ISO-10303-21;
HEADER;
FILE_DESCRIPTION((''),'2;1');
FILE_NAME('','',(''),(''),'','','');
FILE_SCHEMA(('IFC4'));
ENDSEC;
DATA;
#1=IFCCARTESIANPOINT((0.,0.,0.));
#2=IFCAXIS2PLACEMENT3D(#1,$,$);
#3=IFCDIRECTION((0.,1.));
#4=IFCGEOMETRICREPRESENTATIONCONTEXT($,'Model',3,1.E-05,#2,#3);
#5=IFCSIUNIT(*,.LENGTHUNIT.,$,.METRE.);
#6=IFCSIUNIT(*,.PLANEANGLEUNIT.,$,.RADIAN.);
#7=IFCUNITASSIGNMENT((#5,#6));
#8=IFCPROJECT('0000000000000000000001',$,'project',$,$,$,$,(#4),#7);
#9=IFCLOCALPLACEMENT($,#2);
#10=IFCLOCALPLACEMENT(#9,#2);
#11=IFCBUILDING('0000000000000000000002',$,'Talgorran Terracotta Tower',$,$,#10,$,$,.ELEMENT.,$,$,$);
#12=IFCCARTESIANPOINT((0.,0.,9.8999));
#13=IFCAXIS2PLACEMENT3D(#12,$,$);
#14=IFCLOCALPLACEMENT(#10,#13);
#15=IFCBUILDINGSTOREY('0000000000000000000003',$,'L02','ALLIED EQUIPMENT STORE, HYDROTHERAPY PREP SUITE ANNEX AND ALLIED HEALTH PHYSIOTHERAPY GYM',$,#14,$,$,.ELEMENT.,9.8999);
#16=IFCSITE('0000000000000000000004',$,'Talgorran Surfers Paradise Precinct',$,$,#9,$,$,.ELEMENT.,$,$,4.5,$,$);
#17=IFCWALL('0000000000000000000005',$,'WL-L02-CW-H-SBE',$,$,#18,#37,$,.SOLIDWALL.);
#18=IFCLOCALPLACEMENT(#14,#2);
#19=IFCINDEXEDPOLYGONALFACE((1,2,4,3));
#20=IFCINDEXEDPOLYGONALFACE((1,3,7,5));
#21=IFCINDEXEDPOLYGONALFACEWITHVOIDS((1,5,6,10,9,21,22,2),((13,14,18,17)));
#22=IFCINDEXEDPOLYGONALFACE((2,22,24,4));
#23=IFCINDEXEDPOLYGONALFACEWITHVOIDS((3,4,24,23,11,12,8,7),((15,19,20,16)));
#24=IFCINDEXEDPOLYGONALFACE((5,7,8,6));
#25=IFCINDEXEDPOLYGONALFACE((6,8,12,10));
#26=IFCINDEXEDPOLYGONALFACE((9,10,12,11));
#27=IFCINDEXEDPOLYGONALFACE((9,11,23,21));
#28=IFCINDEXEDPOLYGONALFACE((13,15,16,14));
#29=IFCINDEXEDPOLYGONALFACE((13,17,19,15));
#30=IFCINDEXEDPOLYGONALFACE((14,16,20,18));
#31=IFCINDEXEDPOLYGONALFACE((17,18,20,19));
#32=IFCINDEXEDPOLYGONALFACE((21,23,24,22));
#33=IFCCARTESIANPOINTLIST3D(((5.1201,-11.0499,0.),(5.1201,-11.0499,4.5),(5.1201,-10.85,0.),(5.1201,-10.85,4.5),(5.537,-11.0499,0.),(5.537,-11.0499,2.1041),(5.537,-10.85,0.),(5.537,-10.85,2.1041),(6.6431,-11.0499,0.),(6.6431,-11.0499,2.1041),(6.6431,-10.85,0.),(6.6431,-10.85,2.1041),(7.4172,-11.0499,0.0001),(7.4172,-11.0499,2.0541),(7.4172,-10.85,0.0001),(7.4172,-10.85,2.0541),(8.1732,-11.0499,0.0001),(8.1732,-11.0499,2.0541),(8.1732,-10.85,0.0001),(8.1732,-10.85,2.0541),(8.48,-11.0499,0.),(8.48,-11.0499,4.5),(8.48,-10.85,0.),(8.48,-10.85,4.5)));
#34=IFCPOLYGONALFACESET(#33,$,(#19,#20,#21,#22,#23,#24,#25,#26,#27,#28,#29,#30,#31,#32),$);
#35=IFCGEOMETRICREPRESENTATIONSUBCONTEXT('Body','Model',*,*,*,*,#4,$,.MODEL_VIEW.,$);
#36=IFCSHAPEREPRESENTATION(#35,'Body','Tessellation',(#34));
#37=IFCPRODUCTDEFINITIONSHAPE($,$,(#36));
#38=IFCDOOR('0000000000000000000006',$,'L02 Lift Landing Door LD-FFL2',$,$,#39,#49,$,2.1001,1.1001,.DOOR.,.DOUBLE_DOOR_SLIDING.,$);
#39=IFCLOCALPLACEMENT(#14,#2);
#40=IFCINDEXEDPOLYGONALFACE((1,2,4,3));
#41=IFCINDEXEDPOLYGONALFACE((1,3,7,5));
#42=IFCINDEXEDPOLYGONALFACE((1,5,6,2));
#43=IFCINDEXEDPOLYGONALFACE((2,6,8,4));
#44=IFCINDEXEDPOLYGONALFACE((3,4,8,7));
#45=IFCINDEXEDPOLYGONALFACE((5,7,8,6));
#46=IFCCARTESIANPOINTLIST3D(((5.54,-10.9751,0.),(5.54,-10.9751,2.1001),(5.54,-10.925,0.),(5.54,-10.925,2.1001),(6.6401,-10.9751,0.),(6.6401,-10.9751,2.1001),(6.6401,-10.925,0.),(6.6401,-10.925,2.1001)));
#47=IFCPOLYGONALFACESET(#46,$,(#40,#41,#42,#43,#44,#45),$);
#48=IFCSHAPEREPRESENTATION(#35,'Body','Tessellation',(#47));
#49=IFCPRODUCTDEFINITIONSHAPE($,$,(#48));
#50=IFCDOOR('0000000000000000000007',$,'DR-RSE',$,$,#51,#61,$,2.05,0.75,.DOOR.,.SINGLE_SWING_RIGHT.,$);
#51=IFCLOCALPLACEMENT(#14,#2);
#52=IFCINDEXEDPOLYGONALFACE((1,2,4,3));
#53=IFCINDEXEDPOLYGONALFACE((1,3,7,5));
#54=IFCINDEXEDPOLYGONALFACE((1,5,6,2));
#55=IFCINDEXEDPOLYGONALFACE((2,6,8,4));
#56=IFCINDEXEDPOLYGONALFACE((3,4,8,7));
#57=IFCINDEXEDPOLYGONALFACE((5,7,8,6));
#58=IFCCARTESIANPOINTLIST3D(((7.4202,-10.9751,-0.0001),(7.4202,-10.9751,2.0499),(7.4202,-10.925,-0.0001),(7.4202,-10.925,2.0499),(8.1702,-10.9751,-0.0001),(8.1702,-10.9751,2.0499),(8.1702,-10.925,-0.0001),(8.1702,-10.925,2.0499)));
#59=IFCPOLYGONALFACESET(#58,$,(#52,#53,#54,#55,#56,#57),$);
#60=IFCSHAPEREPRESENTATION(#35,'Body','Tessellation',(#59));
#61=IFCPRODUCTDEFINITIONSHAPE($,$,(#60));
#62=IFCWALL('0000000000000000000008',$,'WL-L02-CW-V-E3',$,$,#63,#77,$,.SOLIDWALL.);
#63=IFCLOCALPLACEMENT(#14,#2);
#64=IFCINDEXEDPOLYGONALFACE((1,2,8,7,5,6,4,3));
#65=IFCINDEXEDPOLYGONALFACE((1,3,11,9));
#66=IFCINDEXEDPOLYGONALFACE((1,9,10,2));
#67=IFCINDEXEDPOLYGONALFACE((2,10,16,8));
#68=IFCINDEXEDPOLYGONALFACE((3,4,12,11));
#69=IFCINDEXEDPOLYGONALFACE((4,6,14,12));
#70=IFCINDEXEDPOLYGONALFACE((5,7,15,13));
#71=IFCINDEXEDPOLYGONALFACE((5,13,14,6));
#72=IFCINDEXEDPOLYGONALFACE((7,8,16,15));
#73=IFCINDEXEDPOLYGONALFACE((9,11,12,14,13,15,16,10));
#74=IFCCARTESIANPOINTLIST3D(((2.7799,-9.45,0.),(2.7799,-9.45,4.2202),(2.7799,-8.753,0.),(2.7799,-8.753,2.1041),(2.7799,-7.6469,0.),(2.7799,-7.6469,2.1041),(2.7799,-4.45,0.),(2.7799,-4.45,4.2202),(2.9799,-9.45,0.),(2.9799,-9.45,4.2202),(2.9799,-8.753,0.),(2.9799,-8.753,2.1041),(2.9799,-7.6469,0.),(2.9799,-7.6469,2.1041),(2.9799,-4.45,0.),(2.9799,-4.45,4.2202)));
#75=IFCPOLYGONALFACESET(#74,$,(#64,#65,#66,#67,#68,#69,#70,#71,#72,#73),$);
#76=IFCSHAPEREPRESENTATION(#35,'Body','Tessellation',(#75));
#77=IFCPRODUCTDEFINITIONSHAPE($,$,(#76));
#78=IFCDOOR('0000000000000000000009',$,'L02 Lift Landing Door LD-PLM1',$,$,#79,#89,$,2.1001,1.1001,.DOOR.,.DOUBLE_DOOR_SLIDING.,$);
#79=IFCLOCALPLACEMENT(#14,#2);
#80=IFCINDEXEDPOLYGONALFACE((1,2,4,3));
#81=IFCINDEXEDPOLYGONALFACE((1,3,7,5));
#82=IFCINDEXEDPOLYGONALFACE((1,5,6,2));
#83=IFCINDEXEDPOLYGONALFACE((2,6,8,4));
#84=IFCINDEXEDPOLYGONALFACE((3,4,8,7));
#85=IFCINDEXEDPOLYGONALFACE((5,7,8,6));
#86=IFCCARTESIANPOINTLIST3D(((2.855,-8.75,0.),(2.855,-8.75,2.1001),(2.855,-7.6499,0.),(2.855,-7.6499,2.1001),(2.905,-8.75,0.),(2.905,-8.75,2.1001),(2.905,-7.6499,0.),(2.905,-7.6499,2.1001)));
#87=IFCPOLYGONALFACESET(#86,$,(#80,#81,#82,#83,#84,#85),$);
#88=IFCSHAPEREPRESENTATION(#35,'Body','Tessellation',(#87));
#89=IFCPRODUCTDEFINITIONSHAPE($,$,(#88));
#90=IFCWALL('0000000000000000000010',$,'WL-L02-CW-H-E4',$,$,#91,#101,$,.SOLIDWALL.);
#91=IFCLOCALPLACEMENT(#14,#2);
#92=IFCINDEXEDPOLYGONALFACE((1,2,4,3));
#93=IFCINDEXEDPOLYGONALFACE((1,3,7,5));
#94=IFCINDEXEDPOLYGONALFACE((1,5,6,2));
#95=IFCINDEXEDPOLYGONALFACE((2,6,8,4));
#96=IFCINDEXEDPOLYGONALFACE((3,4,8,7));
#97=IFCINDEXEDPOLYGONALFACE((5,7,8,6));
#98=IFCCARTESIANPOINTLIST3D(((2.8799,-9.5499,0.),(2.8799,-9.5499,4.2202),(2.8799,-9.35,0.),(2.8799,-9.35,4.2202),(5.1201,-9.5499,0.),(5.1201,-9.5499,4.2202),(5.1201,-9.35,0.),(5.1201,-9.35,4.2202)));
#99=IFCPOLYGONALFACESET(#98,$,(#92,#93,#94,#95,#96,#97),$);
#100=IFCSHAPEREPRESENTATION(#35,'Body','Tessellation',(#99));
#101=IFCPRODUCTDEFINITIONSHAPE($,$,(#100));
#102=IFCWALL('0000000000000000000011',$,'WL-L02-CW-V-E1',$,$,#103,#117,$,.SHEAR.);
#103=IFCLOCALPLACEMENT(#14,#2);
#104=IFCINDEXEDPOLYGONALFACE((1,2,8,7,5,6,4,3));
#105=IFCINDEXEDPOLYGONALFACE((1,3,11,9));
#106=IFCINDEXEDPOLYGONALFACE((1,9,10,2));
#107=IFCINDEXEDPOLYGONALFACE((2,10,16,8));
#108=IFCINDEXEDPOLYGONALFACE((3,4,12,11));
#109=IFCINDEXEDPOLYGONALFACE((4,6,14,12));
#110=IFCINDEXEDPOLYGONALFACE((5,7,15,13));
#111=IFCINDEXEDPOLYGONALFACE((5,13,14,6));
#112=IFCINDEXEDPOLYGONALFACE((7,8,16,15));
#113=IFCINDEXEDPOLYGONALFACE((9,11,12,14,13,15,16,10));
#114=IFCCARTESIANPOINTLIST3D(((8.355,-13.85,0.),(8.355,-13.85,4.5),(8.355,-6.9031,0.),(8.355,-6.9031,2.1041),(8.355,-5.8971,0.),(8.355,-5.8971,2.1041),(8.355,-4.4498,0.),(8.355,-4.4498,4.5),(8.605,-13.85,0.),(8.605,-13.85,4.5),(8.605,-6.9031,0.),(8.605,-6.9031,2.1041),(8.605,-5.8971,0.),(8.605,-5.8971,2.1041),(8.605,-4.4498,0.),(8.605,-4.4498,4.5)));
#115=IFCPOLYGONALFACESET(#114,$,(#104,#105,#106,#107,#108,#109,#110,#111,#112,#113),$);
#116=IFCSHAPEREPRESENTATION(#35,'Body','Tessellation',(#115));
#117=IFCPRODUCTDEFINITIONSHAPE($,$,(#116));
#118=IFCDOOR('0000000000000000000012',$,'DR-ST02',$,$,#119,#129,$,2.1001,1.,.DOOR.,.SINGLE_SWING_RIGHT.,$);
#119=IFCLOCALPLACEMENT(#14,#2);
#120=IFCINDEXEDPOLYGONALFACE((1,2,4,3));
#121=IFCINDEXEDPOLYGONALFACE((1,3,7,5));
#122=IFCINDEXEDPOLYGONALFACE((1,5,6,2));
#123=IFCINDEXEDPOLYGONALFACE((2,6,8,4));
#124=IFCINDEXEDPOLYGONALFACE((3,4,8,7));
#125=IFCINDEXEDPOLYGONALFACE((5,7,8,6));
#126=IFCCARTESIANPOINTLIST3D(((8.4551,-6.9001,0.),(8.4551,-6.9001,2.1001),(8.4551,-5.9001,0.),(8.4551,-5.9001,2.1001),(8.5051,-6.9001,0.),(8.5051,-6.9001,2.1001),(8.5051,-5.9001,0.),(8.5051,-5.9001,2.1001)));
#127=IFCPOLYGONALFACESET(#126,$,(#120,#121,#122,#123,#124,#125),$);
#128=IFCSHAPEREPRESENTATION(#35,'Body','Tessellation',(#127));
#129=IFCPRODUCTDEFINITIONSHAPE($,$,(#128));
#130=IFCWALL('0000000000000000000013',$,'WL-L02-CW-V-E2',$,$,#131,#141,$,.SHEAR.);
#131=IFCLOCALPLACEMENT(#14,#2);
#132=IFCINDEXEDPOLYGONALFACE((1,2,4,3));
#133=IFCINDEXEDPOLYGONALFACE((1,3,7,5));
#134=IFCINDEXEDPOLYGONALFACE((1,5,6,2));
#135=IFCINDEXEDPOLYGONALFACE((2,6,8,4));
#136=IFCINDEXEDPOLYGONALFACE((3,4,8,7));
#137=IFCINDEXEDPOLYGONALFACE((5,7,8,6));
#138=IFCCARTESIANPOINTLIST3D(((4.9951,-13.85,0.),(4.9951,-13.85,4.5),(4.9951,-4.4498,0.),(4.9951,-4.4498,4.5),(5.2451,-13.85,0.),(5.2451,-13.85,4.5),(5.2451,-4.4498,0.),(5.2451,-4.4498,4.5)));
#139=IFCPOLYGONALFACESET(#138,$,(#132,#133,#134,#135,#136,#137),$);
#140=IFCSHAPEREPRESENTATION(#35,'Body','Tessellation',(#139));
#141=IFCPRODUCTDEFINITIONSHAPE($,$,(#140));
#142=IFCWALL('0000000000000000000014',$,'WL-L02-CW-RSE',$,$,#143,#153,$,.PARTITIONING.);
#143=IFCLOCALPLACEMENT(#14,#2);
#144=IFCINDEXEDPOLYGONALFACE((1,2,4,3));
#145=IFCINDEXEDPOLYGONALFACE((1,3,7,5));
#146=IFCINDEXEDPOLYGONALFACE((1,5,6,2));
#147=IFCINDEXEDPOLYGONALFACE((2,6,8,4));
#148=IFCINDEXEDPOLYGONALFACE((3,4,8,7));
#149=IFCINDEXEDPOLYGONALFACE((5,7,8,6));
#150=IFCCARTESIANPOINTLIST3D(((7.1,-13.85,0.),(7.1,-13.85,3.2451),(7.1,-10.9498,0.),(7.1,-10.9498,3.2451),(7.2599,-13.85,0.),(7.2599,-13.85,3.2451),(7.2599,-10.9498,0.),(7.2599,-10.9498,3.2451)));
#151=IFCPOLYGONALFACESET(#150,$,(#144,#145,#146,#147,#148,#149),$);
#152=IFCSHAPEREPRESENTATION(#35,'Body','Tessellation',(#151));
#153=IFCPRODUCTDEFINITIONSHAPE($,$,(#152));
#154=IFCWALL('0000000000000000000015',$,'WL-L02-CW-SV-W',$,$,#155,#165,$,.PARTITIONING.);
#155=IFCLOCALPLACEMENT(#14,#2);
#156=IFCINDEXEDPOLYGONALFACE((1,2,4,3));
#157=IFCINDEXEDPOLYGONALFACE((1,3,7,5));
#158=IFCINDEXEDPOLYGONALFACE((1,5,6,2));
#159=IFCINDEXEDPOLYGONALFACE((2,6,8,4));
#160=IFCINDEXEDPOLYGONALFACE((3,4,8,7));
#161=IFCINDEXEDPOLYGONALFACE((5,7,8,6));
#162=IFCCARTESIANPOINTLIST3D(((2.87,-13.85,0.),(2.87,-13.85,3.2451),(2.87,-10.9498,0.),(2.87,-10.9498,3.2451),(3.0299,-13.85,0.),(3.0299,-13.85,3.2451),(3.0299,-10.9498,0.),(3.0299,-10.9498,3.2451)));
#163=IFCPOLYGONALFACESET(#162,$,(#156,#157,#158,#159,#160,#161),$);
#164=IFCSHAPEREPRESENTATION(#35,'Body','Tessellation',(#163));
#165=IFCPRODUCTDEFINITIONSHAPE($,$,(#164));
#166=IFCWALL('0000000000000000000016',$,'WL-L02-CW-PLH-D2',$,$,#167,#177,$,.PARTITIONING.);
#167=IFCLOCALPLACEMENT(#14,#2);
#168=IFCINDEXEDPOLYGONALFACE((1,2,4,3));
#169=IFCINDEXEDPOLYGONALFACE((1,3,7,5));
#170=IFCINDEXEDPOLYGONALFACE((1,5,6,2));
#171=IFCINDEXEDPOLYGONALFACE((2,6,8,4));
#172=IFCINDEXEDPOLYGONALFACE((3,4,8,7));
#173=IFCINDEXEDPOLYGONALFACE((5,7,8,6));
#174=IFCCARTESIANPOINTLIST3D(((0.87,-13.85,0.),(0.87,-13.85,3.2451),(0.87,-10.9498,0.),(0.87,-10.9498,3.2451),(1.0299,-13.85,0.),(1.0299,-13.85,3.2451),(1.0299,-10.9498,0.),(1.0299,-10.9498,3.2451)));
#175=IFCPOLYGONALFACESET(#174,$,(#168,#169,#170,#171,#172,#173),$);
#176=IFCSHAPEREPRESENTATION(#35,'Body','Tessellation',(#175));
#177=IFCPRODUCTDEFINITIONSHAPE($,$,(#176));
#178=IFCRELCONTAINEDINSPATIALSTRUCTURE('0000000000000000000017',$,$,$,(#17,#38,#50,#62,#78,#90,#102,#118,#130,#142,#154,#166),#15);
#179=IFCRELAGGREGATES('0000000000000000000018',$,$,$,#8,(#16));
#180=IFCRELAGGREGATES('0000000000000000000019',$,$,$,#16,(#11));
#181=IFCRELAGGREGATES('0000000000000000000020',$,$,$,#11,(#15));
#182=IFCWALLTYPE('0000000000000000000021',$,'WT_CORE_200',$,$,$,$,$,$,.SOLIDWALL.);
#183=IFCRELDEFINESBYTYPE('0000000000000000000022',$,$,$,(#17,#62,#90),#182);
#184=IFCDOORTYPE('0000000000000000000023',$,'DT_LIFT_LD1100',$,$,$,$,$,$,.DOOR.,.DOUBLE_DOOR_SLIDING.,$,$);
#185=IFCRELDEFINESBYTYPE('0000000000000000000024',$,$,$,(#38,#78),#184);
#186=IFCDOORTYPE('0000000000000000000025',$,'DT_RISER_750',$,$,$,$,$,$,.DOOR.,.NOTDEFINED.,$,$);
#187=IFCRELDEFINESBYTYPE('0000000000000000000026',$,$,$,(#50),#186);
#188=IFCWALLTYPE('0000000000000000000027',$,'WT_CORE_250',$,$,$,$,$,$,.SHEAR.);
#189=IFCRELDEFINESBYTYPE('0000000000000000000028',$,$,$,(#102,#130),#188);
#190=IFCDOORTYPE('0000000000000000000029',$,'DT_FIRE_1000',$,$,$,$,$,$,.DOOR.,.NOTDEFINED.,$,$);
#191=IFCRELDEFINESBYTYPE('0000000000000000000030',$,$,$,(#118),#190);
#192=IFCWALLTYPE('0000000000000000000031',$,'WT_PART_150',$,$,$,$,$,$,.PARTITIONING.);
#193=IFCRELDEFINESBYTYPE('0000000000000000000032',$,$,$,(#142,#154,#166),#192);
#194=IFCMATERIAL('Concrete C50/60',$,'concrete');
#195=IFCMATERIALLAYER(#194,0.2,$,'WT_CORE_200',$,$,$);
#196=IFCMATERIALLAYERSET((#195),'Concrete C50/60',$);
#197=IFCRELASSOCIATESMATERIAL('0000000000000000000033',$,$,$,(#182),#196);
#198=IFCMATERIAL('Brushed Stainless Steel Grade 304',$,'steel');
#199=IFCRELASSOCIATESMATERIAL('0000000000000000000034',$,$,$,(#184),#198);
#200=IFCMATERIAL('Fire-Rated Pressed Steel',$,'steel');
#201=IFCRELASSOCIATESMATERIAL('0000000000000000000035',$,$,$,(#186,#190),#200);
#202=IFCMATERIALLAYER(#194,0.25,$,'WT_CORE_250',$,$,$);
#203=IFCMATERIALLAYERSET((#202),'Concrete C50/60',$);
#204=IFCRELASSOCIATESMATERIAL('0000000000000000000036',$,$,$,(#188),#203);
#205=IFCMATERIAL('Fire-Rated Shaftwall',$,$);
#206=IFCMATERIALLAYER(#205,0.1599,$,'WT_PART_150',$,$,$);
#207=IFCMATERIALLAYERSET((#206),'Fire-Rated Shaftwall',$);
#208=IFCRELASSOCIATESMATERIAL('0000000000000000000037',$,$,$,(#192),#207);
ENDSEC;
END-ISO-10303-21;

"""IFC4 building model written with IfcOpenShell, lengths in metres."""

from ifc_helpers import new_model, si_unit, direction, frame, frame_2d, origin, place, context, subcontext, project, spatial, rectangle, extrude, material, layer, layer_set, type_object, element, fill, save


model = new_model("IFC4")

# Units and contexts
model_context = context("Model", 3, precision=1e-05, world=origin(), true_north=direction((0.0, 1.0)))
body_context = subcontext(model_context, "Body", "Model", "MODEL_VIEW")
ifc_project = project(units=[si_unit("LENGTHUNIT", "METRE"), si_unit("PLANEANGLEUNIT", "RADIAN")], contexts=[model_context])

# Site, building, storey
site_placement = place(None, origin())
site = spatial("IfcSite", under=ifc_project, at=site_placement, Name="Talgorran Surfers Paradise Precinct", CompositionType="ELEMENT", RefElevation=4.5)
building_placement = place(site_placement, origin())
building = spatial("IfcBuilding", under=site, at=building_placement, Name="Talgorran Terracotta Tower", CompositionType="ELEMENT")
storey_placement = place(building_placement, frame((0.0, 0.0, 9.8999)))
storey = spatial("IfcBuildingStorey", under=building, at=storey_placement, Name="L02", Description="ALLIED EQUIPMENT STORE, HYDROTHERAPY PREP SUITE ANNEX AND ALLIED HEALTH PHYSIOTHERAPY GYM", CompositionType="ELEMENT", Elevation=9.8999)

# Shared definitions
ifc_material_1 = material(Name="Concrete C50/60", Category="concrete")
ifc_layer_1 = layer(ifc_material_1, 0.2, Name="WT_CORE_200")
ifc_layer_set_1 = layer_set([ifc_layer_1], Name="Concrete C50/60")
wall_type_1 = type_object("IfcWallType", Name="WT_CORE_200", PredefinedType="SOLIDWALL", material=ifc_layer_set_1)

# Wall, openings, doors
wall_1_placement = place(storey_placement, frame((5.1201, -10.95, 0.0), z_axis=(0.0, 0.0, 1.0), x_axis=(1.0, 0.0, 0.0)))
wall_1 = element("IfcWall", 1, at=wall_1_placement, inside=storey, type_object=wall_type_1, Name="WL-L02-CW-H-SBE", PredefinedType="SOLIDWALL", context=body_context, shape_type="SweptSolid", body=[
    extrude(rectangle(XDim=3.3599, YDim=0.2, at=frame_2d((1.6799, 0.0))), origin(), (0.0, 0.0, 1.0), 4.5),
])
opening_1_placement = place(wall_1_placement, frame((0.4199, 0.0, 0.0)))
opening_1 = element("IfcOpeningElement", 2, at=opening_1_placement, cuts=wall_1, PredefinedType="OPENING", context=body_context, shape_type="SweptSolid", body=[
    extrude(rectangle(XDim=1.1061, YDim=2.1041, at=frame_2d((0.55, 1.052))), frame((0.0, 0.1099, 0.0), z_axis=(0.0, -1.0, 0.0), x_axis=(1.0, 0.0, 0.0)), (0.0, 0.0, 1.0), 0.22),
])
opening_2_placement = place(wall_1_placement, frame((2.3, 0.0, 0.0)))
opening_2 = element("IfcOpeningElement", 3, at=opening_2_placement, cuts=wall_1, PredefinedType="OPENING", context=body_context, shape_type="SweptSolid", body=[
    extrude(rectangle(XDim=0.756, YDim=2.054, at=frame_2d((0.375, 1.0271))), frame((0.0, 0.1099, 0.0), z_axis=(0.0, -1.0, 0.0), x_axis=(1.0, 0.0, 0.0)), (0.0, 0.0, 1.0), 0.22),
])
ifc_material_2 = material(Name="Brushed Stainless Steel Grade 304", Category="steel")
door_type_1 = type_object("IfcDoorType", Name="DT_LIFT_LD1100", OperationType="DOUBLE_DOOR_SLIDING", PredefinedType="DOOR", material=ifc_material_2)
door_1_placement = place(opening_1_placement, origin())
door_1 = element("IfcDoor", 4, at=door_1_placement, inside=storey, type_object=door_type_1, Name="L02 Lift Landing Door LD-FFL2", OperationType="DOUBLE_DOOR_SLIDING", OverallHeight=2.1001, OverallWidth=1.1001, PredefinedType="DOOR", context=body_context, shape_type="SweptSolid", body=[
    extrude(rectangle(XDim=1.1001, YDim=2.1001, at=frame_2d((0.55, 1.05))), frame((0.0, 0.0249, 0.0), z_axis=(0.0, -1.0, 0.0), x_axis=(1.0, 0.0, 0.0)), (0.0, 0.0, 1.0), 0.05),
])
fill(opening_1, door_1)
ifc_material_3 = material(Name="Fire-Rated Pressed Steel", Category="steel")
door_type_2 = type_object("IfcDoorType", Name="DT_RISER_750", OperationType="NOTDEFINED", PredefinedType="DOOR", material=ifc_material_3)
door_2_placement = place(opening_2_placement, origin())
door_2 = element("IfcDoor", 5, at=door_2_placement, inside=storey, type_object=door_type_2, Name="DR-RSE", OperationType="SINGLE_SWING_RIGHT", OverallHeight=2.05, OverallWidth=0.75, PredefinedType="DOOR", context=body_context, shape_type="SweptSolid", body=[
    extrude(rectangle(XDim=0.75, YDim=2.05, at=frame_2d((0.375, 1.0249))), frame((0.0, 0.0249, 0.0), z_axis=(0.0, -1.0, 0.0), x_axis=(1.0, 0.0, 0.0)), (0.0, 0.0, 1.0), 0.05),
])
fill(opening_2, door_2)

# Wall, opening, door
wall_2_placement = place(storey_placement, frame((2.8799, -9.45, 0.0), z_axis=(0.0, 0.0, 1.0), x_axis=(0.0, 1.0, 0.0)))
wall_2 = element("IfcWall", 6, at=wall_2_placement, inside=storey, type_object=wall_type_1, Name="WL-L02-CW-V-E3", PredefinedType="SOLIDWALL", context=body_context, shape_type="SweptSolid", body=[
    extrude(rectangle(XDim=5.0, YDim=0.2, at=frame_2d((2.5, 0.0))), origin(), (0.0, 0.0, 1.0), 4.2202),
])
opening_3_placement = place(wall_2_placement, frame((0.7, 0.0, 0.0)))
opening_3 = element("IfcOpeningElement", 7, at=opening_3_placement, cuts=wall_2, PredefinedType="OPENING", context=body_context, shape_type="SweptSolid", body=[
    extrude(rectangle(XDim=1.1061, YDim=2.1041, at=frame_2d((0.55, 1.052))), frame((0.0, 0.1099, 0.0), z_axis=(0.0, -1.0, 0.0), x_axis=(1.0, 0.0, 0.0)), (0.0, 0.0, 1.0), 0.22),
])
door_3_placement = place(opening_3_placement, origin())
door_3 = element("IfcDoor", 8, at=door_3_placement, inside=storey, type_object=door_type_1, Name="L02 Lift Landing Door LD-PLM1", OperationType="DOUBLE_DOOR_SLIDING", OverallHeight=2.1001, OverallWidth=1.1001, PredefinedType="DOOR", context=body_context, shape_type="SweptSolid", body=[
    extrude(rectangle(XDim=1.1001, YDim=2.1001, at=frame_2d((0.55, 1.05))), frame((0.0, 0.0249, 0.0), z_axis=(0.0, -1.0, 0.0), x_axis=(1.0, 0.0, 0.0)), (0.0, 0.0, 1.0), 0.05),
])
fill(opening_3, door_3)

# Wall
wall_3_placement = place(storey_placement, frame((2.8799, -9.45, 0.0), z_axis=(0.0, 0.0, 1.0), x_axis=(1.0, 0.0, 0.0)))
element("IfcWall", 9, at=wall_3_placement, inside=storey, type_object=wall_type_1, Name="WL-L02-CW-H-E4", PredefinedType="SOLIDWALL", context=body_context, shape_type="SweptSolid", body=[
    extrude(rectangle(XDim=2.2402, YDim=0.2, at=frame_2d((1.1201, 0.0))), origin(), (0.0, 0.0, 1.0), 4.2202),
])

# Wall, opening, door
ifc_layer_2 = layer(ifc_material_1, 0.25, Name="WT_CORE_250")
ifc_layer_set_2 = layer_set([ifc_layer_2], Name="Concrete C50/60")
wall_type_2 = type_object("IfcWallType", Name="WT_CORE_250", PredefinedType="SHEAR", material=ifc_layer_set_2)
wall_4_placement = place(storey_placement, frame((8.48, -13.8501, 0.0), z_axis=(0.0, 0.0, 1.0), x_axis=(0.0, 1.0, 0.0)))
wall_4 = element("IfcWall", 10, at=wall_4_placement, inside=storey, type_object=wall_type_2, Name="WL-L02-CW-V-E1", PredefinedType="SHEAR", context=body_context, shape_type="SweptSolid", body=[
    extrude(rectangle(XDim=9.4001, YDim=0.25, at=frame_2d((4.7002, 0.0))), origin(), (0.0, 0.0, 1.0), 4.5),
])
opening_4_placement = place(wall_4_placement, frame((6.95, 0.0, 0.0)))
opening_4 = element("IfcOpeningElement", 11, at=opening_4_placement, cuts=wall_4, PredefinedType="OPENING", context=body_context, shape_type="SweptSolid", body=[
    extrude(rectangle(XDim=1.006, YDim=2.1041, at=frame_2d((0.5, 1.052))), frame((0.0, 0.135, 0.0), z_axis=(0.0, -1.0, 0.0), x_axis=(1.0, 0.0, 0.0)), (0.0, 0.0, 1.0), 0.27),
])
door_type_3 = type_object("IfcDoorType", Name="DT_FIRE_1000", OperationType="NOTDEFINED", PredefinedType="DOOR", material=ifc_material_3)
door_4_placement = place(opening_4_placement, origin())
door_4 = element("IfcDoor", 12, at=door_4_placement, inside=storey, type_object=door_type_3, Name="DR-ST02", OperationType="SINGLE_SWING_RIGHT", OverallHeight=2.1001, OverallWidth=1.0, PredefinedType="DOOR", context=body_context, shape_type="SweptSolid", body=[
    extrude(rectangle(XDim=1.0, YDim=2.1001, at=frame_2d((0.5, 1.05))), frame((0.0, 0.0249, 0.0), z_axis=(0.0, -1.0, 0.0), x_axis=(1.0, 0.0, 0.0)), (0.0, 0.0, 1.0), 0.05),
])
fill(opening_4, door_4)

# Walls
wall_5_placement = place(storey_placement, frame((5.1201, -13.8501, 0.0), z_axis=(0.0, 0.0, 1.0), x_axis=(0.0, 1.0, 0.0)))
element("IfcWall", 13, at=wall_5_placement, inside=storey, type_object=wall_type_2, Name="WL-L02-CW-V-E2", PredefinedType="SHEAR", context=body_context, shape_type="SweptSolid", body=[
    extrude(rectangle(XDim=9.4001, YDim=0.25, at=frame_2d((4.7002, 0.0))), origin(), (0.0, 0.0, 1.0), 4.5),
])
ifc_material_4 = material(Name="Fire-Rated Shaftwall")
ifc_layer_3 = layer(ifc_material_4, 0.1599, Name="WT_PART_150")
ifc_layer_set_3 = layer_set([ifc_layer_3], Name="Fire-Rated Shaftwall")
wall_type_3 = type_object("IfcWallType", Name="WT_PART_150", PredefinedType="PARTITIONING", material=ifc_layer_set_3)
for number, where, z_axis, x_axis, name in (
    (14, (7.1799, -13.8501, 0.0), (0.0, 0.0, 1.0), (0.0, 1.0, 0.0), "WL-L02-CW-RSE"),
    (15, (2.95, -13.8501, 0.0), (0.0, 0.0, 1.0), (0.0, 1.0, 0.0), "WL-L02-CW-SV-W"),
    (16, (0.95, -13.8501, 0.0), (0.0, 0.0, 1.0), (0.0, 1.0, 0.0), "WL-L02-CW-PLH-D2"),
):
    element("IfcWall", number, at=place(storey_placement, frame(where, z_axis=z_axis, x_axis=x_axis)), inside=storey, type_object=wall_type_3, Name=name, PredefinedType="PARTITIONING", context=body_context, shape_type="SweptSolid", body=[
        extrude(rectangle(XDim=2.9001, YDim=0.1599, at=frame_2d((1.4502, 0.0))), origin(), (0.0, 0.0, 1.0), 3.2451),
    ])

save(model, "model.ifc")
